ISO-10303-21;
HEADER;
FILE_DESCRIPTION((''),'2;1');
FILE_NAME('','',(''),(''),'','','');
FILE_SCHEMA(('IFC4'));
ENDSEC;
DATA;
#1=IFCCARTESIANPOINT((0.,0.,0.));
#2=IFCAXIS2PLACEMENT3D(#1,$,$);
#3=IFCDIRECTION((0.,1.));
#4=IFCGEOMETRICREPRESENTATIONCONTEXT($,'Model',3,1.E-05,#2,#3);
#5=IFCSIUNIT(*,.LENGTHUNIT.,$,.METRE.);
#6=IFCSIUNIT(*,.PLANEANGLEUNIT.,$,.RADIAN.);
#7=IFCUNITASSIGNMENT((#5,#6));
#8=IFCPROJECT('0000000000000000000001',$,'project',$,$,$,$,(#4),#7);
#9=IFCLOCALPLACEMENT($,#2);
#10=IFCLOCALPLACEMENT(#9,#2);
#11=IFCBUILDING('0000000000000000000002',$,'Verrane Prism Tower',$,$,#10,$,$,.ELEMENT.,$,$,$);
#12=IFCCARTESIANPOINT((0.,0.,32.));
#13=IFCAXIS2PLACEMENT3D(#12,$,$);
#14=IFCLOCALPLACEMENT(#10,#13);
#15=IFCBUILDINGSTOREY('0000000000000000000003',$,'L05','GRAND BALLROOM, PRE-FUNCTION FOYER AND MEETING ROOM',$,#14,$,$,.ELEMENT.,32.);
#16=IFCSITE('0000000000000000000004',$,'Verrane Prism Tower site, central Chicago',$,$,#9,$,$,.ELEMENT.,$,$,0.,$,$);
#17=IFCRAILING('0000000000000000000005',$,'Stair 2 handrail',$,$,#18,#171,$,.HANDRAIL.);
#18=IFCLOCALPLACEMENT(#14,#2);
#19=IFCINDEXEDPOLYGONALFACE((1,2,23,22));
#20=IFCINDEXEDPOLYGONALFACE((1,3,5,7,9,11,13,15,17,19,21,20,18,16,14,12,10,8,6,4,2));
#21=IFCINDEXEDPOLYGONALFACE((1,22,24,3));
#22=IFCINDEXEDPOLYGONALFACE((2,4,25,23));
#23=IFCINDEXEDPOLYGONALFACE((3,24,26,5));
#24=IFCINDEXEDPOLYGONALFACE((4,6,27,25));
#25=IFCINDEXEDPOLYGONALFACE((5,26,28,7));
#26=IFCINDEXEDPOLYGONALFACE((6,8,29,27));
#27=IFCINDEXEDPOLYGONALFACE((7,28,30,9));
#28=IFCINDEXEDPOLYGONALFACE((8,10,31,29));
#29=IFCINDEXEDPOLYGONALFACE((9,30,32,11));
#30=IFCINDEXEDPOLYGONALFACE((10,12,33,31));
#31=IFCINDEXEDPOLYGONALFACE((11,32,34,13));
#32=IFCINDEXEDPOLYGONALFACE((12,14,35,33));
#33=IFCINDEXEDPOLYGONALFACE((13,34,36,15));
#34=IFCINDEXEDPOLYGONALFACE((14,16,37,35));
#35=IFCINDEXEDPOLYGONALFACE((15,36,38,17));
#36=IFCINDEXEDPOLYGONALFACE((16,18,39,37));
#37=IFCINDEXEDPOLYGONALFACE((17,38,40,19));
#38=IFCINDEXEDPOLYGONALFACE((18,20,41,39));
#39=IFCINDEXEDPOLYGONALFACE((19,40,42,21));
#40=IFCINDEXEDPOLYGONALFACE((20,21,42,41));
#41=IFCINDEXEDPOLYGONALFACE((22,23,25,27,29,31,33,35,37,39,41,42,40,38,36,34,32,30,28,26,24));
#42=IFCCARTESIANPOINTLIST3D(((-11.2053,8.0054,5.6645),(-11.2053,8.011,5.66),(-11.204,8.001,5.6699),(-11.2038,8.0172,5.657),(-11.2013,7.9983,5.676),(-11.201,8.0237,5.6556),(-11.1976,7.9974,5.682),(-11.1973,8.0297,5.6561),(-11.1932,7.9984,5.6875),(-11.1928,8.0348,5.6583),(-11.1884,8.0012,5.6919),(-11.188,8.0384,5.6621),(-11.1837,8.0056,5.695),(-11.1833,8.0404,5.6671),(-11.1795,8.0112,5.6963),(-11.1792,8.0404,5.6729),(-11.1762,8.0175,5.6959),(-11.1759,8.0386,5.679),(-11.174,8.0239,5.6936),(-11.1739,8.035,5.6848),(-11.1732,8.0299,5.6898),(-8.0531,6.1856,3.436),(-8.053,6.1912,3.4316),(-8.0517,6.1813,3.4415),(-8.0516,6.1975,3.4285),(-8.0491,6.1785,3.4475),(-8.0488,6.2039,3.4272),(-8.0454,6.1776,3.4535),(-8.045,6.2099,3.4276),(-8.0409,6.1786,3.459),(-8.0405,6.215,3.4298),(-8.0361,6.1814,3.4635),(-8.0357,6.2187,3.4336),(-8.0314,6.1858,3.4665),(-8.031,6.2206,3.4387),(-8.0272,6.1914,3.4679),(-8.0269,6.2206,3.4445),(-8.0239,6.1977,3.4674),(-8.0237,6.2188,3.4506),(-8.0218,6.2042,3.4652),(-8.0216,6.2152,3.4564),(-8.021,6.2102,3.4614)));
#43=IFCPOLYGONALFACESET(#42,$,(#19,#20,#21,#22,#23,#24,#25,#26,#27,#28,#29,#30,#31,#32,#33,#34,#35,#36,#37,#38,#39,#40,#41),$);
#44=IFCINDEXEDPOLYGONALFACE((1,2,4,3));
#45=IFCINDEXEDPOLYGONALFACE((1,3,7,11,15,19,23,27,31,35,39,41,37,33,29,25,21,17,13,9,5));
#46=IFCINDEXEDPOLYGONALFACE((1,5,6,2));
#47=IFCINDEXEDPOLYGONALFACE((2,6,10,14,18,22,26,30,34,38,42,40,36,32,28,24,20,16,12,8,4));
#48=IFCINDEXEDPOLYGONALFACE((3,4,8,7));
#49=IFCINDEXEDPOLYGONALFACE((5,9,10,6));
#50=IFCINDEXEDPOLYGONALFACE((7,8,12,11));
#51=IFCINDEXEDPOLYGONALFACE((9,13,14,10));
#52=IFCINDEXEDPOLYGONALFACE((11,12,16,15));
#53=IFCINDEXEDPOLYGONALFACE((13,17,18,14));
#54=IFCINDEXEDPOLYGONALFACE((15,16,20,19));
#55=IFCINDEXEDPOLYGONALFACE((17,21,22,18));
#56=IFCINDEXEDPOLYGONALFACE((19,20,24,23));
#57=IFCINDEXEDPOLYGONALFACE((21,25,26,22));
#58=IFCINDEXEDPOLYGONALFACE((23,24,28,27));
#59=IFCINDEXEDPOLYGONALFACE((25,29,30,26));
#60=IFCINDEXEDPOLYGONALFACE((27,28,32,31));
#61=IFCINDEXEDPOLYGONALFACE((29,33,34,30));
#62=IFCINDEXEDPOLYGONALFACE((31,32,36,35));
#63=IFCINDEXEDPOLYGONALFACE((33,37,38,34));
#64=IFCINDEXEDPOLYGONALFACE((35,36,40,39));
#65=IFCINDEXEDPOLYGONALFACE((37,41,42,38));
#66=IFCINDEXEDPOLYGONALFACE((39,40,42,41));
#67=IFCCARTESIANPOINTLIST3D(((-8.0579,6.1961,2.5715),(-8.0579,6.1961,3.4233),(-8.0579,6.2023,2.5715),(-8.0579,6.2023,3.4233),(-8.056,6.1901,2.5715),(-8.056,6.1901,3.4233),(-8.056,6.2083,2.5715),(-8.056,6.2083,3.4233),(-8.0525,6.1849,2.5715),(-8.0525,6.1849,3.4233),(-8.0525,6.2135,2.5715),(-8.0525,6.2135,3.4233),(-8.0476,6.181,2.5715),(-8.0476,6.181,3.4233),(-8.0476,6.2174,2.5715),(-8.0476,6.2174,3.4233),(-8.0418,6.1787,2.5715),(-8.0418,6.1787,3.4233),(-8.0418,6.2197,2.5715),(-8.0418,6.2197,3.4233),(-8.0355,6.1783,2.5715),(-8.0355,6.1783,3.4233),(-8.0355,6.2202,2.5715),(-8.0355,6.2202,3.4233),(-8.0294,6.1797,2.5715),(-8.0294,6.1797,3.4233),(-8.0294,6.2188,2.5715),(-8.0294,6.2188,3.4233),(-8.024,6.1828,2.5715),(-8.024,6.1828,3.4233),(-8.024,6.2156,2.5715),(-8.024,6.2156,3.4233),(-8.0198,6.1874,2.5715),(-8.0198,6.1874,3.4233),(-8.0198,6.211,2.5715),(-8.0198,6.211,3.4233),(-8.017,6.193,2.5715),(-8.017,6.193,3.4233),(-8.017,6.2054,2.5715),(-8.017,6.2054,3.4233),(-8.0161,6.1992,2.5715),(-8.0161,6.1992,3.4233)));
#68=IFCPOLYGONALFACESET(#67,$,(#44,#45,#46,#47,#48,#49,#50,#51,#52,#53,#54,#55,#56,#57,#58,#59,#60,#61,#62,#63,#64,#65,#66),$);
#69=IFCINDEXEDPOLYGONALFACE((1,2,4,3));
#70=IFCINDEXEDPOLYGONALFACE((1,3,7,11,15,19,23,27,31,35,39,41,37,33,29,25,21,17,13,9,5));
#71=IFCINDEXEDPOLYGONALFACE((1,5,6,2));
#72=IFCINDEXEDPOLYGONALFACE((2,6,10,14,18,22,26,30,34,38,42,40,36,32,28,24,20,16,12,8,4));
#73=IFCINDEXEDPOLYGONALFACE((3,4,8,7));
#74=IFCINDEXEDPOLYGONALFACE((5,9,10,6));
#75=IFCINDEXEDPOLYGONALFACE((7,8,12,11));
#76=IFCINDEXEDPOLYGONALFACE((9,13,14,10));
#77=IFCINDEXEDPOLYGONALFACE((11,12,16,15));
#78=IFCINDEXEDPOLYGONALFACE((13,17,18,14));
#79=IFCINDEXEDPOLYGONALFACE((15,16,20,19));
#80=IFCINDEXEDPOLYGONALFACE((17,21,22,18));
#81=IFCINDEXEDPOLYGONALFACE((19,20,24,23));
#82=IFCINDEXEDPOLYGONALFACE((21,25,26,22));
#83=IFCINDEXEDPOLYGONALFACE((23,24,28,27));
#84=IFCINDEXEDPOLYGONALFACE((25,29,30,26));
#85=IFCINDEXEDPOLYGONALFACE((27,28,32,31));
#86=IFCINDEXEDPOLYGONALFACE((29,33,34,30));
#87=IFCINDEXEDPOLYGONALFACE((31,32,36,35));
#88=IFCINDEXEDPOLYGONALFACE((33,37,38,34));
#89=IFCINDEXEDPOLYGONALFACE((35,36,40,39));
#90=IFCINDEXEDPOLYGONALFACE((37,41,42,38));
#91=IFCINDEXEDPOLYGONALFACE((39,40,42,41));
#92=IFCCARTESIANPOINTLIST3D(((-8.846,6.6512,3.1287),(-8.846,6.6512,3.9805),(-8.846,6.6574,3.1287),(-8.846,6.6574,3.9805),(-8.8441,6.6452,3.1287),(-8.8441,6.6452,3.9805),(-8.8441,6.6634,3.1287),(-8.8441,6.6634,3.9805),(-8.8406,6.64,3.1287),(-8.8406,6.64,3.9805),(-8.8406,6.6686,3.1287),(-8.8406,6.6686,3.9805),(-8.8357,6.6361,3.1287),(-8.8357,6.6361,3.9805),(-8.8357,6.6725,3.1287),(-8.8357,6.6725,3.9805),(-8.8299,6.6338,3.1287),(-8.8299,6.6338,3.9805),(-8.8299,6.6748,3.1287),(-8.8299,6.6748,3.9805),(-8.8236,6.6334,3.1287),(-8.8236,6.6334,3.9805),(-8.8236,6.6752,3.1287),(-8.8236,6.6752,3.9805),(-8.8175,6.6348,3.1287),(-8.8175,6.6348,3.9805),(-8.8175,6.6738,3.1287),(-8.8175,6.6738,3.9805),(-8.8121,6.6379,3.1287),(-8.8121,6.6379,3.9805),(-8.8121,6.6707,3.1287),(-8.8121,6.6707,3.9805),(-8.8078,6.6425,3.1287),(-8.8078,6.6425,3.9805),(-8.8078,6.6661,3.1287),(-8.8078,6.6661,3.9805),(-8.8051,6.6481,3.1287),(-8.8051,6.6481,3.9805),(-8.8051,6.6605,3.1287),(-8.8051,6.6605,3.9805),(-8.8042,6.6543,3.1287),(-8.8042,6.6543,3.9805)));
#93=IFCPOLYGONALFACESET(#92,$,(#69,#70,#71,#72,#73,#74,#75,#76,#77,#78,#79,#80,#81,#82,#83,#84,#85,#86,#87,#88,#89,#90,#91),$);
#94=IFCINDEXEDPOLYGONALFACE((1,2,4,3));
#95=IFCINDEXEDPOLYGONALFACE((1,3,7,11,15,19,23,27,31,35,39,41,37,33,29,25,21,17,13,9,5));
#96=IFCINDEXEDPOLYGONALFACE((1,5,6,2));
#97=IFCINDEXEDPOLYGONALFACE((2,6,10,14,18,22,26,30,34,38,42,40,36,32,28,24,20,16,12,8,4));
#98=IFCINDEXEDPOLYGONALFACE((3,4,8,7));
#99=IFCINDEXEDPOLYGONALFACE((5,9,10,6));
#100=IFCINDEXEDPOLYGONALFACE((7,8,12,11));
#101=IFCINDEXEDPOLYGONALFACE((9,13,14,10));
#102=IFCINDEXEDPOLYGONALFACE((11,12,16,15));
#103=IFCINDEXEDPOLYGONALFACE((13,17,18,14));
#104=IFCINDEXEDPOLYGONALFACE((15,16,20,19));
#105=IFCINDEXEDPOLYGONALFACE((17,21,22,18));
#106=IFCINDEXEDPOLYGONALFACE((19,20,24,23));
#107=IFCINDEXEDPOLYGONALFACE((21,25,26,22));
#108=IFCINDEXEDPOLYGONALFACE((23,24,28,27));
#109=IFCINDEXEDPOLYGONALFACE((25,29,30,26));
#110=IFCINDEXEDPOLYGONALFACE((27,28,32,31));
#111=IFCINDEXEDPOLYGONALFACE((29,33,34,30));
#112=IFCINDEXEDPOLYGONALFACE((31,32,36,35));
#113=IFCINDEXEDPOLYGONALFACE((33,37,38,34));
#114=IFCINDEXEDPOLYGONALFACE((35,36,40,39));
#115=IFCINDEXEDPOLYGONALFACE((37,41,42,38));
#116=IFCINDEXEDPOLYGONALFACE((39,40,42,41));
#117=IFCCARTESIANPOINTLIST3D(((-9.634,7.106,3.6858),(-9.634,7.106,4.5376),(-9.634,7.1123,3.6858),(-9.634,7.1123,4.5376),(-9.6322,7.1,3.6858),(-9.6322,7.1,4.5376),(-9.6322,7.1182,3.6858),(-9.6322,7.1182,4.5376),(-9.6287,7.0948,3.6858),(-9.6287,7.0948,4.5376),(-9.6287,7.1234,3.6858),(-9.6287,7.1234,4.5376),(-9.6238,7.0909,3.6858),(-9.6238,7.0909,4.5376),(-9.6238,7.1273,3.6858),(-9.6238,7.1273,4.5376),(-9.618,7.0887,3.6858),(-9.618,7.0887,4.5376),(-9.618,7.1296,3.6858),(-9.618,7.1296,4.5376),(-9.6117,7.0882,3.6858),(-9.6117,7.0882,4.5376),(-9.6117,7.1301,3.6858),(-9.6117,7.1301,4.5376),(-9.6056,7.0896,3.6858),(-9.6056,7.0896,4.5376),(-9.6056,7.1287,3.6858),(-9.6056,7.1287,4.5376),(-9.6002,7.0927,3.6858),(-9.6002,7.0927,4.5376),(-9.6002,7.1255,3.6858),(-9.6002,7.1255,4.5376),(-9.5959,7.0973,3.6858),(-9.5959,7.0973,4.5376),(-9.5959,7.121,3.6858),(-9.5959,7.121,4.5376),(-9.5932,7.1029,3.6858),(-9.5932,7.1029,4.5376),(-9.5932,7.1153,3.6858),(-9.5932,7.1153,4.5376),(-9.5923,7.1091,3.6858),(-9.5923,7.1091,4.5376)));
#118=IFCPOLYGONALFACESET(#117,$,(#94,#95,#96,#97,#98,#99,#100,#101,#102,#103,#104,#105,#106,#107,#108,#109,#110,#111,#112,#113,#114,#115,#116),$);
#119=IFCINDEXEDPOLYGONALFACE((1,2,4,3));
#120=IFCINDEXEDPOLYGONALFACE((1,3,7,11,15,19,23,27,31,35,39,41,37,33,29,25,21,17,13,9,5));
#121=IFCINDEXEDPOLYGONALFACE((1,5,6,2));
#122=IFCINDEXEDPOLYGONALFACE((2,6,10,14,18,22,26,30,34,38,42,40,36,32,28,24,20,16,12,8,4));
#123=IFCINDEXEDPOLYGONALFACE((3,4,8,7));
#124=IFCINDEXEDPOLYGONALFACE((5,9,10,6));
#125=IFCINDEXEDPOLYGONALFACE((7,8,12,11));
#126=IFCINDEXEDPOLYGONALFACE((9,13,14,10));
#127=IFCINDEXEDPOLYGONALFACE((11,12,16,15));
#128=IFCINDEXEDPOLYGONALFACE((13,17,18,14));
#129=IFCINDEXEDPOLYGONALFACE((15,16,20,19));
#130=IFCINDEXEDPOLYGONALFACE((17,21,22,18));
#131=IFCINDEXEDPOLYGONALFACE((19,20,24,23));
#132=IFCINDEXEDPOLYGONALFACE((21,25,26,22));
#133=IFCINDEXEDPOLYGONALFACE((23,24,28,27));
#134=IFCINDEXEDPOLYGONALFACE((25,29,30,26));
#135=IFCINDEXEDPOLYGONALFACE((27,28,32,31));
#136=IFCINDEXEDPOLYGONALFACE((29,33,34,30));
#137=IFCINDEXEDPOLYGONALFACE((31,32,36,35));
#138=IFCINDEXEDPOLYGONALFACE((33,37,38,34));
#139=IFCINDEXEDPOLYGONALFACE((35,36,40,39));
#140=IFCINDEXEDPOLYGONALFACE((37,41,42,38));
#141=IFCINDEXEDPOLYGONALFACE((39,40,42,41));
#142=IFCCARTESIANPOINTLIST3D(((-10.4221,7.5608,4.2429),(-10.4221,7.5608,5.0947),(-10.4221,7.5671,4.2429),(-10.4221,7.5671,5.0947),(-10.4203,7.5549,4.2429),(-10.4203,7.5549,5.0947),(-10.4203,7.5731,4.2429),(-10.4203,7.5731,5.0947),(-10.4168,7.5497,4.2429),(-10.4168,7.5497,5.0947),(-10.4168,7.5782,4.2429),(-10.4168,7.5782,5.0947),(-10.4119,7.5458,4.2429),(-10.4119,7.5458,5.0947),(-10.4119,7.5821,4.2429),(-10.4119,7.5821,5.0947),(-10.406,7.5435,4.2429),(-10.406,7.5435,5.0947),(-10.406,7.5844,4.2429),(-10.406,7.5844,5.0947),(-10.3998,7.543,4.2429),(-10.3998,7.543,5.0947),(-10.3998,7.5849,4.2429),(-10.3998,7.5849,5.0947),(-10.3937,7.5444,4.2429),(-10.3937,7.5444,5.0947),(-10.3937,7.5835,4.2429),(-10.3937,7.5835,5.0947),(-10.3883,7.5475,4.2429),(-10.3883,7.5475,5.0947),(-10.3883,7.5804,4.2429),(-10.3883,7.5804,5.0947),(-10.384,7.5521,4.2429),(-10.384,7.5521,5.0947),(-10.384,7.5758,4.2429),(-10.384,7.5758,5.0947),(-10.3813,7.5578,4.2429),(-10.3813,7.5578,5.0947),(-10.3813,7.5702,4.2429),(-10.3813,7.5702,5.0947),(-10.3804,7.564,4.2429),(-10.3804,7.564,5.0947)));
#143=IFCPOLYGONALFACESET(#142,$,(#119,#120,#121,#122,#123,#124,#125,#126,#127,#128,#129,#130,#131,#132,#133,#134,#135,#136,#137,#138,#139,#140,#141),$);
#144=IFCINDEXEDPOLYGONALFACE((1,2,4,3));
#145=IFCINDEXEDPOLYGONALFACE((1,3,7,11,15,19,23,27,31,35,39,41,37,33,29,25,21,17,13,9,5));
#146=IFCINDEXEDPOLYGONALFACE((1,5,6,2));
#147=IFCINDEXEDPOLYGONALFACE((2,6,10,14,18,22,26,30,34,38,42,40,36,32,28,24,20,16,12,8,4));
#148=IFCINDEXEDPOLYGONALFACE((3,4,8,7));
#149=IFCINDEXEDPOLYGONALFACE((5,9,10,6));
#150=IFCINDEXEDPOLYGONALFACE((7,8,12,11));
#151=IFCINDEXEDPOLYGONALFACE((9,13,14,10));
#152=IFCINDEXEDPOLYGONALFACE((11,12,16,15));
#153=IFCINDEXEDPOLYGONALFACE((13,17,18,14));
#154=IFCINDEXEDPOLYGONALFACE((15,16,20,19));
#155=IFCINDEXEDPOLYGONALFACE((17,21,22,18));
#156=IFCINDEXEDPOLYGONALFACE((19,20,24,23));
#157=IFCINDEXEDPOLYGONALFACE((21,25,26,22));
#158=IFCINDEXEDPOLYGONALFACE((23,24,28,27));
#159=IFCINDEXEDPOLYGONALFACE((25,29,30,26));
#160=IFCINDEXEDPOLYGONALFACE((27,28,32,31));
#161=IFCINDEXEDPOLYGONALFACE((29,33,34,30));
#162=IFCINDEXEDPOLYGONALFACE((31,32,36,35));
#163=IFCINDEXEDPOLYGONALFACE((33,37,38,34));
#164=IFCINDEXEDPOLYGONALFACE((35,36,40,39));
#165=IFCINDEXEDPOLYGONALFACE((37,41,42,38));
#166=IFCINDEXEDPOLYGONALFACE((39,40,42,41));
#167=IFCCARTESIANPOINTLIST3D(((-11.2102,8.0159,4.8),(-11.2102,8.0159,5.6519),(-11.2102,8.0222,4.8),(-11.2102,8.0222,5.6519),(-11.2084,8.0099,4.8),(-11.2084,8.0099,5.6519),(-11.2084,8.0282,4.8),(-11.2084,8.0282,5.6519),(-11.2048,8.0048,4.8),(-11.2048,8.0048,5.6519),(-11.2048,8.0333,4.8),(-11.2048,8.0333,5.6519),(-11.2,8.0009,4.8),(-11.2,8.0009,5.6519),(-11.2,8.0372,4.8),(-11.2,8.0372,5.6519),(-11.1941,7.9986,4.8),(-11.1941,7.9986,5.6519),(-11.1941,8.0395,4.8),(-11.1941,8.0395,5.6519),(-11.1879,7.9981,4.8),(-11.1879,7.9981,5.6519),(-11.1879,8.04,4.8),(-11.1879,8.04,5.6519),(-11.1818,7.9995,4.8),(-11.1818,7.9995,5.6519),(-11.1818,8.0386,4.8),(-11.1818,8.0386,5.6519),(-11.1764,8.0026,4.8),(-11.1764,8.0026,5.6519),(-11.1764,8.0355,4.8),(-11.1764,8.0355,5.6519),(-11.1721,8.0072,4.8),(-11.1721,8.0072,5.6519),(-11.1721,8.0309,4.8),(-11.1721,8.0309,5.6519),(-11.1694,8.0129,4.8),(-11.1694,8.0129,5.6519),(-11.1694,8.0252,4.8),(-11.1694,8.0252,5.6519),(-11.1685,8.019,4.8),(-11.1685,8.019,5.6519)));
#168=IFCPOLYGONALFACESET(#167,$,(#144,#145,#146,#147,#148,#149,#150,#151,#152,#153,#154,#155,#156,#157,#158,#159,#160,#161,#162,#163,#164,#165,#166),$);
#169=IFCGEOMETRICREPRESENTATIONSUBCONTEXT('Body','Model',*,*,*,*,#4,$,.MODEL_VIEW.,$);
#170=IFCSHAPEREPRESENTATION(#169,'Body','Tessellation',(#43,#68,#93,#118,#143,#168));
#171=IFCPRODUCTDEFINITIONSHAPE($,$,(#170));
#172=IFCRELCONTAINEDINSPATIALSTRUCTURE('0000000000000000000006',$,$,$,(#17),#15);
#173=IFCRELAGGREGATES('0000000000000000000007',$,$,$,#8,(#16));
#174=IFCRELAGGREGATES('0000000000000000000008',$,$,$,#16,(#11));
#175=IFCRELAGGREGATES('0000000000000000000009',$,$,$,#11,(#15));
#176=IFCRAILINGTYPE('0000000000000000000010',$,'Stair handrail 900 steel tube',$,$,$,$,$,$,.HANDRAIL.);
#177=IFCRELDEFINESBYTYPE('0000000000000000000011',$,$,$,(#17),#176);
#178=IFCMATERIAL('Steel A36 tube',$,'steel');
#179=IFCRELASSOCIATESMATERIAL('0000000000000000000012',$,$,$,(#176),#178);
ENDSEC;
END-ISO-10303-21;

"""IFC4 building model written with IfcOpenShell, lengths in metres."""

from ifc_helpers import new_model, si_unit, direction, frame, origin, origin_2d, place, context, subcontext, project, spatial, circle, extrude, material, type_object, element, save


model = new_model("IFC4")

# Units and contexts
model_context = context("Model", 3, precision=1e-05, world=origin(), true_north=direction((0.0, 1.0)))
body_context = subcontext(model_context, "Body", "Model", "MODEL_VIEW")
ifc_project = project(units=[si_unit("LENGTHUNIT", "METRE"), si_unit("PLANEANGLEUNIT", "RADIAN")], contexts=[model_context])

# Site, building, storey
site_placement = place(None, origin())
site = spatial("IfcSite", under=ifc_project, at=site_placement, Name="Verrane Prism Tower site, central Chicago", CompositionType="ELEMENT", RefElevation=0.0)
building_placement = place(site_placement, origin())
building = spatial("IfcBuilding", under=site, at=building_placement, Name="Verrane Prism Tower", CompositionType="ELEMENT")
storey_placement = place(building_placement, frame((0.0, 0.0, 32.0)))
storey = spatial("IfcBuildingStorey", under=building, at=storey_placement, Name="L05", Description="GRAND BALLROOM, PRE-FUNCTION FOYER AND MEETING ROOM", CompositionType="ELEMENT", Elevation=32.0)

# Railing
ifc_material_1 = material(Name="Steel A36 tube", Category="steel")
railing_type = type_object("IfcRailingType", Name="Stair handrail 900 steel tube", PredefinedType="HANDRAIL", material=ifc_material_1)
railing_1_placement = place(storey_placement, frame((-8.0371, 6.1992, 2.5715)))
element("IfcRailing", 1, at=railing_1_placement, inside=storey, type_object=railing_type, Name="Stair 2 handrail", PredefinedType="HANDRAIL", context=body_context, shape_type="SweptSolid", body=[
    extrude(circle(Radius=0.0239, at=origin_2d()), frame((0.0, 0.0, 0.876), z_axis=(-0.73861, 0.426394, 0.522153), x_axis=(-0.499962, -0.866047, 0.0)), (0.0, 0.0, 1.0), 4.2678),
    extrude(circle(Radius=0.021, at=origin_2d()), origin(), (0.0, 0.0, 1.0), 0.8518),
    extrude(circle(Radius=0.021, at=origin_2d()), frame((-0.7881, 0.4551, 0.5571)), (0.0, 0.0, 1.0), 0.8518),
    extrude(circle(Radius=0.021, at=origin_2d()), frame((-1.5762, 0.9099, 1.1143)), (0.0, 0.0, 1.0), 0.8518),
    extrude(circle(Radius=0.021, at=origin_2d()), frame((-2.3643, 1.3647, 1.6714)), (0.0, 0.0, 1.0), 0.8518),
    extrude(circle(Radius=0.021, at=origin_2d()), frame((-3.1523, 1.8198, 2.2285)), (0.0, 0.0, 1.0), 0.8518),
])

save(model, "model.ifc")
